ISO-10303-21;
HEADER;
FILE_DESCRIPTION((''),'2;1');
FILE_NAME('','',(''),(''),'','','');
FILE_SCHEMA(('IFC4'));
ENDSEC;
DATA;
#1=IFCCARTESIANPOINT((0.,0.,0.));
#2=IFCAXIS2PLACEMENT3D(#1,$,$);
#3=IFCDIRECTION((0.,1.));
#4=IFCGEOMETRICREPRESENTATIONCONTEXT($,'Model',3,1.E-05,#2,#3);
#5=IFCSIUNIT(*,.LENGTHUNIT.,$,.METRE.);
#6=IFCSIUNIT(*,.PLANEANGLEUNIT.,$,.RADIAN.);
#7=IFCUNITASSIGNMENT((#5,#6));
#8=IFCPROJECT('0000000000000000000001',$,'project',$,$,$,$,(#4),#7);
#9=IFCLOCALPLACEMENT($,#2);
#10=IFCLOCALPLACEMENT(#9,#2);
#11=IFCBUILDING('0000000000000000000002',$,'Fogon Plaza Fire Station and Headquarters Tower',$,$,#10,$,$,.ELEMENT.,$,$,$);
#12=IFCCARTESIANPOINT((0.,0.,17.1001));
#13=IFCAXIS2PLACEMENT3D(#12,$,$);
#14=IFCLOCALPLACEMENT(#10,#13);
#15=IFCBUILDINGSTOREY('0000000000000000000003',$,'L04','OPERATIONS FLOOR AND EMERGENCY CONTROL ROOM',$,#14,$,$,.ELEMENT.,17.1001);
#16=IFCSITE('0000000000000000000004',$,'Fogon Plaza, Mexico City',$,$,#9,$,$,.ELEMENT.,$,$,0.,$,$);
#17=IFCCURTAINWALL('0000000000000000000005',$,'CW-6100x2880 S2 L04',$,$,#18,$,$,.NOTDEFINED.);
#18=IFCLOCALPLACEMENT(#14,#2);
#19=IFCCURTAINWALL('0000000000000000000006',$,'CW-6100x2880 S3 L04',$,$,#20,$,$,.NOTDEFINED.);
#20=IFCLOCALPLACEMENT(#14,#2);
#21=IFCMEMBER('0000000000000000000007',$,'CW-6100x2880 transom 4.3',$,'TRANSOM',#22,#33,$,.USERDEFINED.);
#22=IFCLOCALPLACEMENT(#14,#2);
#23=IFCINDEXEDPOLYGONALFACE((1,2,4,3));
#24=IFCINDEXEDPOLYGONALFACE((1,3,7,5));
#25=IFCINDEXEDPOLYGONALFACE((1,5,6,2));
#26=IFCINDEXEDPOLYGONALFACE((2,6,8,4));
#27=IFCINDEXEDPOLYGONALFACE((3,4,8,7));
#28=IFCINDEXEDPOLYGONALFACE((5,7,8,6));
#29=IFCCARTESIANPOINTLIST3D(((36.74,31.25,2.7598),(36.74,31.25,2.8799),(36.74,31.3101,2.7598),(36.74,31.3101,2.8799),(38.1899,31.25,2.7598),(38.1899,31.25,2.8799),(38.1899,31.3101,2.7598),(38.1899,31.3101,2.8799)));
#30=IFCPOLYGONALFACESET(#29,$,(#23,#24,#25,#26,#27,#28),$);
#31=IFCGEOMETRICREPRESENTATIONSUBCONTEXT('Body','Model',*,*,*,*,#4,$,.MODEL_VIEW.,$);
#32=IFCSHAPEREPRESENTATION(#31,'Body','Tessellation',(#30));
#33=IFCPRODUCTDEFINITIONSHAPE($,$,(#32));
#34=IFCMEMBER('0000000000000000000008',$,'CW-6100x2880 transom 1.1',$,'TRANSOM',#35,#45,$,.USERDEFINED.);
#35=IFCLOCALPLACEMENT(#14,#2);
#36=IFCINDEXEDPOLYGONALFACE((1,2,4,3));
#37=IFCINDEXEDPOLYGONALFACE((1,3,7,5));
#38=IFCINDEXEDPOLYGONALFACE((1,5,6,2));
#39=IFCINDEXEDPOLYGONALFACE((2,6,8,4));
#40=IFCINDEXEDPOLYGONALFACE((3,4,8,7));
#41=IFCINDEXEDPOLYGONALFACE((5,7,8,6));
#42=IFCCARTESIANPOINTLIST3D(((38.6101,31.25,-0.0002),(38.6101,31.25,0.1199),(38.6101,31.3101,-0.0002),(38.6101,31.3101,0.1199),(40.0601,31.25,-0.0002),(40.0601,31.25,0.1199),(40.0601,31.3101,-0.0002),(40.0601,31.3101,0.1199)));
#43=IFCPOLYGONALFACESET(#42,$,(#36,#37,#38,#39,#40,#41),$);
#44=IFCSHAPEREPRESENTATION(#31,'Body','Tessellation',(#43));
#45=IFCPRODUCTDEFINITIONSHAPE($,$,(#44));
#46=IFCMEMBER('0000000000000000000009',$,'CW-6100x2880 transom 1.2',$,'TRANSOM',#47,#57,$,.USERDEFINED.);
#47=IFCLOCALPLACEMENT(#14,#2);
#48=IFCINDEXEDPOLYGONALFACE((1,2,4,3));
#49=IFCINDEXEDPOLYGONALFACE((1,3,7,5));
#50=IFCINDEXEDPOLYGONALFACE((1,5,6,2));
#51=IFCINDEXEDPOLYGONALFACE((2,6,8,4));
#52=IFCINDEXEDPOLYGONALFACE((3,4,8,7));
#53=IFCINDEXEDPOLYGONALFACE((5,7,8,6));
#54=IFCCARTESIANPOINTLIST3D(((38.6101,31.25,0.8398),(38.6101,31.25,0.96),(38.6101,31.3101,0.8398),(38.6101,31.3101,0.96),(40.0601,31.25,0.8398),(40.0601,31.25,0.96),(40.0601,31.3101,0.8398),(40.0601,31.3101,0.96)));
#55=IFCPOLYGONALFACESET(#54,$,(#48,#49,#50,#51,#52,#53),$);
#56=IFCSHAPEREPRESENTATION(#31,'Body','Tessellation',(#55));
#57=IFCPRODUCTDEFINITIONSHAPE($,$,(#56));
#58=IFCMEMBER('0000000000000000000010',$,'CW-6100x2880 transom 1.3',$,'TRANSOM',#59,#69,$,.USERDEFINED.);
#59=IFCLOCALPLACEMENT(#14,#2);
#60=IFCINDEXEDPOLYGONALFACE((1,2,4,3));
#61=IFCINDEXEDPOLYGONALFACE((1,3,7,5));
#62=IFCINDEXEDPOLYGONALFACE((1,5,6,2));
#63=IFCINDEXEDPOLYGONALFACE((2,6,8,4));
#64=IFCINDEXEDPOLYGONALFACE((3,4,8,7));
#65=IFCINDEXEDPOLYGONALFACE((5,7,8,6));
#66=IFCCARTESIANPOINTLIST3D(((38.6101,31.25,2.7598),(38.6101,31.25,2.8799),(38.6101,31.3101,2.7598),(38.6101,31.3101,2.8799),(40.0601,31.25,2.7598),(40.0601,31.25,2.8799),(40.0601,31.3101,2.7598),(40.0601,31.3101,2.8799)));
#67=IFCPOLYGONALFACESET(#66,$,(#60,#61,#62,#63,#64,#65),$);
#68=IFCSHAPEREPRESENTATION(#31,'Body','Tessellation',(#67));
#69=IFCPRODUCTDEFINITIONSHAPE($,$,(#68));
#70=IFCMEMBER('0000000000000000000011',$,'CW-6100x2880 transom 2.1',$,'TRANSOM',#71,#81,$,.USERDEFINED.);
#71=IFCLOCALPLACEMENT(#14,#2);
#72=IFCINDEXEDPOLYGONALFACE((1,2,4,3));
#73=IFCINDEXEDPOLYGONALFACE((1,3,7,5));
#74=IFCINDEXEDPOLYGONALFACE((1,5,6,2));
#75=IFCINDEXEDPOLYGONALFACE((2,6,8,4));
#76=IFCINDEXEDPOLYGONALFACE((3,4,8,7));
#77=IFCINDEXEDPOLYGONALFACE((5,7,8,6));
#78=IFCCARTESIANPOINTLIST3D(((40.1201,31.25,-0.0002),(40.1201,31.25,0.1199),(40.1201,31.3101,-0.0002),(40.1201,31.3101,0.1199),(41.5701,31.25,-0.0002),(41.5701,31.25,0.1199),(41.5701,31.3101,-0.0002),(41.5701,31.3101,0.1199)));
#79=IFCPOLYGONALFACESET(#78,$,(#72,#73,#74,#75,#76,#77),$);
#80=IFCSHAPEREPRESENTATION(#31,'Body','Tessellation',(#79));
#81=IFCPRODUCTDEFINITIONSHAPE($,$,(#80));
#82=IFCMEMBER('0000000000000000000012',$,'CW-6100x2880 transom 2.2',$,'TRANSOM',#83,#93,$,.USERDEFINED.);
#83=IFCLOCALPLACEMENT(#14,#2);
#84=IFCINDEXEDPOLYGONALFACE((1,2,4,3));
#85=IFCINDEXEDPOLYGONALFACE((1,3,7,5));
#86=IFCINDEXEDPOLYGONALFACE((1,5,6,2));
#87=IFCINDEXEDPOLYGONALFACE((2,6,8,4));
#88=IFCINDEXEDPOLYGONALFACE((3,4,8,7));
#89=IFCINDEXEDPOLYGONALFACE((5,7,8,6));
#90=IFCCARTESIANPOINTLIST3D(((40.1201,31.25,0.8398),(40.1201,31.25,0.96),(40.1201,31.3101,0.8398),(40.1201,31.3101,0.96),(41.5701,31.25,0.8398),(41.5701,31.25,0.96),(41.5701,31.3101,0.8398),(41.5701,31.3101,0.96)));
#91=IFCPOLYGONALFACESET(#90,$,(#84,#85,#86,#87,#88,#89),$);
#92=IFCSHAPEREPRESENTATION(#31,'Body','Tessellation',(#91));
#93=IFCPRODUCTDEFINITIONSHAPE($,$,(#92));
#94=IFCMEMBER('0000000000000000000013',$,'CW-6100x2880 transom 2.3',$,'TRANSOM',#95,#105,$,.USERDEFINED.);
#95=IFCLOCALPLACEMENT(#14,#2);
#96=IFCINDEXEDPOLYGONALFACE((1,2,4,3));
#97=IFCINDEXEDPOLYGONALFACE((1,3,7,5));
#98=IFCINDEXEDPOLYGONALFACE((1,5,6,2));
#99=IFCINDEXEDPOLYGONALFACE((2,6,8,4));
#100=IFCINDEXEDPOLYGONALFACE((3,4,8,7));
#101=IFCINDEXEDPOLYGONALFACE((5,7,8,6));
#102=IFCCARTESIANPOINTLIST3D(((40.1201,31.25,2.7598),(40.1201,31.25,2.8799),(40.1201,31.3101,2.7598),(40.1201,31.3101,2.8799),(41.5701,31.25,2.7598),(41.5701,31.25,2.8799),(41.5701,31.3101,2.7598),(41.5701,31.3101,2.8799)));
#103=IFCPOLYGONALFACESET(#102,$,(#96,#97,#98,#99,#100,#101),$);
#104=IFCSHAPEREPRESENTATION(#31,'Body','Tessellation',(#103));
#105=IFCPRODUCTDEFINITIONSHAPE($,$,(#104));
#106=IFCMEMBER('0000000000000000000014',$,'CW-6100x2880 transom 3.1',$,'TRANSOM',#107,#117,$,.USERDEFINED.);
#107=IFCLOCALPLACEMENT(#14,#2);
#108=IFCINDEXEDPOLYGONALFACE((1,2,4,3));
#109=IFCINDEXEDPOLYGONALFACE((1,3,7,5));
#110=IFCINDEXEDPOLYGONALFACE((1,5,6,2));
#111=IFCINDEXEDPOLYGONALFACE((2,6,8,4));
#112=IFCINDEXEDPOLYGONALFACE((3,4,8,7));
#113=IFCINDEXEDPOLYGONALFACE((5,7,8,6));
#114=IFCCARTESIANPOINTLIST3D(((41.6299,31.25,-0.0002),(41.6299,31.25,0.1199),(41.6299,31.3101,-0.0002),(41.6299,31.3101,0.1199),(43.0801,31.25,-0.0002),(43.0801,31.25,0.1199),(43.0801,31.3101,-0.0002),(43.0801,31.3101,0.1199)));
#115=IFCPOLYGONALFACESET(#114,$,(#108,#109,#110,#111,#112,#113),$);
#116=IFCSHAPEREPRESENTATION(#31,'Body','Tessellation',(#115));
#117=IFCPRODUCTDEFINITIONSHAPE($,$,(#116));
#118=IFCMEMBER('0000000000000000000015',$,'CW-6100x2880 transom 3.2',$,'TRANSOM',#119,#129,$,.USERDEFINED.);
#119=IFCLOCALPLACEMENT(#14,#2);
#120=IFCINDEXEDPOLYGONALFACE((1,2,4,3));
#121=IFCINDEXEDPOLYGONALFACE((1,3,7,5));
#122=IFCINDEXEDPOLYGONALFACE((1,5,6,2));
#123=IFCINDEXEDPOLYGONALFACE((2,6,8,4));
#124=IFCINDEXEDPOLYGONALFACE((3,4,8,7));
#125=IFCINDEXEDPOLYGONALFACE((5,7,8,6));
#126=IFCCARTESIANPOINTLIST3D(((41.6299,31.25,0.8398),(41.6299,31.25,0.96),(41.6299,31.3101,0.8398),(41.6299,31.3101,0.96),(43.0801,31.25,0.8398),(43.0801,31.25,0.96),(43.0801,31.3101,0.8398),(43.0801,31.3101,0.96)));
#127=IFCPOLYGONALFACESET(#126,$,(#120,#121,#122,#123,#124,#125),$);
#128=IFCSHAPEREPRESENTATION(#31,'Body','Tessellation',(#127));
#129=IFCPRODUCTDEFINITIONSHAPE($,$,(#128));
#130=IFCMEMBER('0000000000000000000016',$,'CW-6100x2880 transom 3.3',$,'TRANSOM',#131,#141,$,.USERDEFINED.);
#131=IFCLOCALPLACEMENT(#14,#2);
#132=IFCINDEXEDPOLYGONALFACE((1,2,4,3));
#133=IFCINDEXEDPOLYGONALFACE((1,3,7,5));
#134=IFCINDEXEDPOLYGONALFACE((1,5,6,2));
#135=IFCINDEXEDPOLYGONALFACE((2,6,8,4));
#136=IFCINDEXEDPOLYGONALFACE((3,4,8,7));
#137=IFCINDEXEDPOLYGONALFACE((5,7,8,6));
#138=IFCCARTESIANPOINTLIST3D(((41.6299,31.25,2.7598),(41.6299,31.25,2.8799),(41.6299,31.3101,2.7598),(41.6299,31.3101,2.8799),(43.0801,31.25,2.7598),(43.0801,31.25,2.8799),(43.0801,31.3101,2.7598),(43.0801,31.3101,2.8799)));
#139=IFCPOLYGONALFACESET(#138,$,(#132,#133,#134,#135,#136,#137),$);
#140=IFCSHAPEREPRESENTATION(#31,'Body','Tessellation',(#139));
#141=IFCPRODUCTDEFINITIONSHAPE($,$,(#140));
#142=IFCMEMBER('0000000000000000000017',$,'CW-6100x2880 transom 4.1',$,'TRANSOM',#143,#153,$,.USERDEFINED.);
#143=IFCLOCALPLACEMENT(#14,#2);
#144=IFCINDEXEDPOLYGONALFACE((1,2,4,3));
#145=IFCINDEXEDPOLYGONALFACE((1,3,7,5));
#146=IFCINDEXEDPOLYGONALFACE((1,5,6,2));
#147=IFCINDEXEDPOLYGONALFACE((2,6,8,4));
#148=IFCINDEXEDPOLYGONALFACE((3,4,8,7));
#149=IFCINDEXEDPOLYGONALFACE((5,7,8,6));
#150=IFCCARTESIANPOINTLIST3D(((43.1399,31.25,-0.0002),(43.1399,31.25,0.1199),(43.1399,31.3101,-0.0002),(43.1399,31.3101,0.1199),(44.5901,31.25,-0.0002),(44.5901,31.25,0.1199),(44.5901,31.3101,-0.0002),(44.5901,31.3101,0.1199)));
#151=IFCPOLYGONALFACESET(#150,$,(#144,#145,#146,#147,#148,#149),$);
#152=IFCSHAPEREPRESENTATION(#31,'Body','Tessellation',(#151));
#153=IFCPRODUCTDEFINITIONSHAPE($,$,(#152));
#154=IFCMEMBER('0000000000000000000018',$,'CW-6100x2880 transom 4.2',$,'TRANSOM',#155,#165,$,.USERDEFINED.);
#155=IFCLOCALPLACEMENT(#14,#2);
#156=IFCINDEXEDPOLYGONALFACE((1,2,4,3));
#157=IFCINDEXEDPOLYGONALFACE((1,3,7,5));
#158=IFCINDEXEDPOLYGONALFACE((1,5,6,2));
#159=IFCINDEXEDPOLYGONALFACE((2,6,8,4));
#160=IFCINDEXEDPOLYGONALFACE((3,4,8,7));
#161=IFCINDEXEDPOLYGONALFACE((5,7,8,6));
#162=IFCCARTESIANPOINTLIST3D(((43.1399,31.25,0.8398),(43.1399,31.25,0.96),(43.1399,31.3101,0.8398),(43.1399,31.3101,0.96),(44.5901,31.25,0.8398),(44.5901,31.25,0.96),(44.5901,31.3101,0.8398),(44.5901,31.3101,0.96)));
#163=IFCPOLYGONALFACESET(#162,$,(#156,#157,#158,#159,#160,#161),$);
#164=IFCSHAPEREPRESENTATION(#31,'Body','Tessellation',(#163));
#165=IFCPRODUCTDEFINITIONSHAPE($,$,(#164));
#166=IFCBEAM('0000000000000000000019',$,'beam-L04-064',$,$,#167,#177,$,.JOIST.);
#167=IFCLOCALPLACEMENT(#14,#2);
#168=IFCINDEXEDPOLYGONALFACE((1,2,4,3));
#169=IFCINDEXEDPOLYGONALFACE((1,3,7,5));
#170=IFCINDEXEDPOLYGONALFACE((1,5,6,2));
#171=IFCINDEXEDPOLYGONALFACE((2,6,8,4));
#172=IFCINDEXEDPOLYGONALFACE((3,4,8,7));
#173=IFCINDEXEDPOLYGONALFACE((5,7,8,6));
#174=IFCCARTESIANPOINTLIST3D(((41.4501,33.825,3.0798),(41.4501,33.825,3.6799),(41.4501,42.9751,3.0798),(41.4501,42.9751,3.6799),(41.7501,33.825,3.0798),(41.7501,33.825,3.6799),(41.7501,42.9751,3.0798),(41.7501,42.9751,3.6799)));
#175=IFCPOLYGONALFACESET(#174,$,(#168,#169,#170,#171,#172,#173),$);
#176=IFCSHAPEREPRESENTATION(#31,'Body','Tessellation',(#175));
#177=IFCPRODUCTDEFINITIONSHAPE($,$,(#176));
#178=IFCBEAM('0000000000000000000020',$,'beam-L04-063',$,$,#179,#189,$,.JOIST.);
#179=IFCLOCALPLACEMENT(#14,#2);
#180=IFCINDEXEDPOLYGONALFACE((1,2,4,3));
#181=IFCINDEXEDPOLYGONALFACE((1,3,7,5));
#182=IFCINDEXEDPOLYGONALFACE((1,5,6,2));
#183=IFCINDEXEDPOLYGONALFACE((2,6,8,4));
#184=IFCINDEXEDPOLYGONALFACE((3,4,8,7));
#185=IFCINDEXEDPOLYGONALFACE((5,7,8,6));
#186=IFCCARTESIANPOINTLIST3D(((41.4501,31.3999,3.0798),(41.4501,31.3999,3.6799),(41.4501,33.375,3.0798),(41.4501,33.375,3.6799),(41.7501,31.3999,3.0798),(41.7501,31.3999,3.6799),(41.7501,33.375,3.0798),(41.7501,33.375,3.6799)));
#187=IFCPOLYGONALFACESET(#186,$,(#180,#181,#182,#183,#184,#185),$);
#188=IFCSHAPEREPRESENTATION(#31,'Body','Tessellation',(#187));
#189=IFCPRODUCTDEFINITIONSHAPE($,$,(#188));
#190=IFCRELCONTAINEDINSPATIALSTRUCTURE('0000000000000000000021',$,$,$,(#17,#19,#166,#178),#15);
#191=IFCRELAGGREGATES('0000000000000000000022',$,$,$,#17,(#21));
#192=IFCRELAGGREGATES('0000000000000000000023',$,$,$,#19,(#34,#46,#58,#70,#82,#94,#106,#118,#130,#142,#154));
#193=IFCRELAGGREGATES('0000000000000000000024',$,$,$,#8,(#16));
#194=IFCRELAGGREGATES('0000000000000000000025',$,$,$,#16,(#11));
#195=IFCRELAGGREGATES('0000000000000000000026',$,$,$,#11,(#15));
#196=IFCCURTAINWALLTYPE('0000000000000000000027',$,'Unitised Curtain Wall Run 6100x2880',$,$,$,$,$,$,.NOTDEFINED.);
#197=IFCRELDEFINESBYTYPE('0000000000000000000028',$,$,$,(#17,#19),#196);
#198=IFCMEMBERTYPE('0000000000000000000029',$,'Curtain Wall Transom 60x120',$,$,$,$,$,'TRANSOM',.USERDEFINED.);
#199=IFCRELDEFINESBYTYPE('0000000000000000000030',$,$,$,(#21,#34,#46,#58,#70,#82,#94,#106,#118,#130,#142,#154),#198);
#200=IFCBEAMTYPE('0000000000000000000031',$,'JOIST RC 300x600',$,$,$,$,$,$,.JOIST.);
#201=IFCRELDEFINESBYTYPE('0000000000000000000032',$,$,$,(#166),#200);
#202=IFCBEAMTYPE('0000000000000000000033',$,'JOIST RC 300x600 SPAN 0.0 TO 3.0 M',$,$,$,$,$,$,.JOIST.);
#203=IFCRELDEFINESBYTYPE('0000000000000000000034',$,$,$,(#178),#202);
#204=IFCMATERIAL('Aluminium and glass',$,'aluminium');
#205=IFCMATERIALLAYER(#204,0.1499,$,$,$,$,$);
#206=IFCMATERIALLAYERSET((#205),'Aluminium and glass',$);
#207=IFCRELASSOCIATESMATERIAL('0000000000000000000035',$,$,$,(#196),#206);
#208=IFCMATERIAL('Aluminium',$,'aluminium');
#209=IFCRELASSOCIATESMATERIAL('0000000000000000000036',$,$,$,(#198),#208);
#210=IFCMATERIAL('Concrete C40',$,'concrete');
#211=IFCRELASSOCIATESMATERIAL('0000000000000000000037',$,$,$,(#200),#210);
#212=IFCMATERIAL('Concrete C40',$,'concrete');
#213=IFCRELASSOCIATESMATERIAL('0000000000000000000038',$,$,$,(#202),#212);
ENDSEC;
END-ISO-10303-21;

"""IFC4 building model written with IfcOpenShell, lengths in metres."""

from ifc_helpers import new_model, si_unit, direction, frame, origin, origin_2d, place, context, subcontext, project, spatial, rectangle, extrude, material, layer, layer_set, material_profile, profile_set, type_object, element, aggregate, save


model = new_model("IFC4")

# Units and contexts
model_context = context("Model", 3, precision=1e-05, world=origin(), true_north=direction((0.0, 1.0)))
body_context = subcontext(model_context, "Body", "Model", "MODEL_VIEW")
ifc_project = project(units=[si_unit("LENGTHUNIT", "METRE"), si_unit("PLANEANGLEUNIT", "RADIAN")], contexts=[model_context])

# Site, building, storey
site_placement = place(None, origin())
site = spatial("IfcSite", under=ifc_project, at=site_placement, Name="Fogon Plaza, Mexico City", CompositionType="ELEMENT", RefElevation=0.0)
building_placement = place(site_placement, origin())
building = spatial("IfcBuilding", under=site, at=building_placement, Name="Fogon Plaza Fire Station and Headquarters Tower", CompositionType="ELEMENT")
storey_placement = place(building_placement, frame((0.0, 0.0, 17.1001)))
storey = spatial("IfcBuildingStorey", under=building, at=storey_placement, Name="L04", Description="OPERATIONS FLOOR AND EMERGENCY CONTROL ROOM", CompositionType="ELEMENT", Elevation=17.1001)

# Curtain walls
ifc_material_1 = material(Name="Aluminium and glass", Category="aluminium")
ifc_layer_1 = layer(ifc_material_1, 0.1499)
ifc_layer_set_1 = layer_set([ifc_layer_1], Name="Aluminium and glass")
curtain_wall_type = type_object("IfcCurtainWallType", Name="Unitised Curtain Wall Run 6100x2880", PredefinedType="NOTDEFINED", material=ifc_layer_set_1)
curtain_wall_1_placement = place(storey_placement, origin())
curtain_wall_1 = element("IfcCurtainWall", 1, at=curtain_wall_1_placement, inside=storey, type_object=curtain_wall_type, Name="CW-6100x2880 S2 L04", PredefinedType="NOTDEFINED")
curtain_wall_2_placement = place(storey_placement, origin())
curtain_wall_2 = element("IfcCurtainWall", 2, at=curtain_wall_2_placement, inside=storey, type_object=curtain_wall_type, Name="CW-6100x2880 S3 L04", PredefinedType="NOTDEFINED")

# Members
ifc_material_2 = material(Name="Aluminium", Category="aluminium")
ifc_material_profile_1 = material_profile(ifc_material_2, rectangle(XDim=0.0601, YDim=0.1201, at=origin_2d()), Name="Curtain Wall Transom 60x120")
ifc_profile_set_1 = profile_set([ifc_material_profile_1], Name="Aluminium")
member_type_1 = type_object("IfcMemberType", Name="Curtain Wall Transom 60x120", ElementType="TRANSOM", PredefinedType="USERDEFINED", material=ifc_profile_set_1)
member_1_placement = place(storey_placement, frame((36.74, 31.28, 2.8198), z_axis=(1.0, 0.0, 0.0), x_axis=(0.0, 1.0, 0.0)))
member_1 = element("IfcMember", 3, at=member_1_placement, type_object=member_type_1, Name="CW-6100x2880 transom 4.3", ObjectType="TRANSOM", PredefinedType="USERDEFINED", context=body_context, shape_type="SweptSolid", body=[
    extrude(rectangle(XDim=0.0601, YDim=0.1201, at=origin_2d()), origin(), (0.0, 0.0, 1.0), 1.45),
])
member_2_placement = place(storey_placement, frame((38.6101, 31.28, 0.0598), z_axis=(1.0, 0.0, 0.0), x_axis=(0.0, 1.0, 0.0)))
member_2 = element("IfcMember", 4, at=member_2_placement, type_object=member_type_1, Name="CW-6100x2880 transom 1.1", ObjectType="TRANSOM", PredefinedType="USERDEFINED", context=body_context, shape_type="SweptSolid", body=[
    extrude(rectangle(XDim=0.0601, YDim=0.1201, at=origin_2d()), origin(), (0.0, 0.0, 1.0), 1.45),
])
member_3_placement = place(storey_placement, frame((38.6101, 31.28, 0.8999), z_axis=(1.0, 0.0, 0.0), x_axis=(0.0, 1.0, 0.0)))
member_3 = element("IfcMember", 5, at=member_3_placement, type_object=member_type_1, Name="CW-6100x2880 transom 1.2", ObjectType="TRANSOM", PredefinedType="USERDEFINED", context=body_context, shape_type="SweptSolid", body=[
    extrude(rectangle(XDim=0.0601, YDim=0.1201, at=origin_2d()), origin(), (0.0, 0.0, 1.0), 1.45),
])
member_4_placement = place(storey_placement, frame((38.6101, 31.28, 2.8198), z_axis=(1.0, 0.0, 0.0), x_axis=(0.0, 1.0, 0.0)))
member_4 = element("IfcMember", 6, at=member_4_placement, type_object=member_type_1, Name="CW-6100x2880 transom 1.3", ObjectType="TRANSOM", PredefinedType="USERDEFINED", context=body_context, shape_type="SweptSolid", body=[
    extrude(rectangle(XDim=0.0601, YDim=0.1201, at=origin_2d()), origin(), (0.0, 0.0, 1.0), 1.45),
])
member_5_placement = place(storey_placement, frame((40.1201, 31.28, 0.0598), z_axis=(1.0, 0.0, 0.0), x_axis=(0.0, 1.0, 0.0)))
member_5 = element("IfcMember", 7, at=member_5_placement, type_object=member_type_1, Name="CW-6100x2880 transom 2.1", ObjectType="TRANSOM", PredefinedType="USERDEFINED", context=body_context, shape_type="SweptSolid", body=[
    extrude(rectangle(XDim=0.0601, YDim=0.1201, at=origin_2d()), origin(), (0.0, 0.0, 1.0), 1.45),
])
member_6_placement = place(storey_placement, frame((40.1201, 31.28, 0.8999), z_axis=(1.0, 0.0, 0.0), x_axis=(0.0, 1.0, 0.0)))
member_6 = element("IfcMember", 8, at=member_6_placement, type_object=member_type_1, Name="CW-6100x2880 transom 2.2", ObjectType="TRANSOM", PredefinedType="USERDEFINED", context=body_context, shape_type="SweptSolid", body=[
    extrude(rectangle(XDim=0.0601, YDim=0.1201, at=origin_2d()), origin(), (0.0, 0.0, 1.0), 1.45),
])
member_7_placement = place(storey_placement, frame((40.1201, 31.28, 2.8198), z_axis=(1.0, 0.0, 0.0), x_axis=(0.0, 1.0, 0.0)))
member_7 = element("IfcMember", 9, at=member_7_placement, type_object=member_type_1, Name="CW-6100x2880 transom 2.3", ObjectType="TRANSOM", PredefinedType="USERDEFINED", context=body_context, shape_type="SweptSolid", body=[
    extrude(rectangle(XDim=0.0601, YDim=0.1201, at=origin_2d()), origin(), (0.0, 0.0, 1.0), 1.45),
])
member_8_placement = place(storey_placement, frame((41.6299, 31.28, 0.0598), z_axis=(1.0, 0.0, 0.0), x_axis=(0.0, 1.0, 0.0)))
member_8 = element("IfcMember", 10, at=member_8_placement, type_object=member_type_1, Name="CW-6100x2880 transom 3.1", ObjectType="TRANSOM", PredefinedType="USERDEFINED", context=body_context, shape_type="SweptSolid", body=[
    extrude(rectangle(XDim=0.0601, YDim=0.1201, at=origin_2d()), origin(), (0.0, 0.0, 1.0), 1.4502),
])
member_9_placement = place(storey_placement, frame((41.6299, 31.28, 0.8999), z_axis=(1.0, 0.0, 0.0), x_axis=(0.0, 1.0, 0.0)))
member_9 = element("IfcMember", 11, at=member_9_placement, type_object=member_type_1, Name="CW-6100x2880 transom 3.2", ObjectType="TRANSOM", PredefinedType="USERDEFINED", context=body_context, shape_type="SweptSolid", body=[
    extrude(rectangle(XDim=0.0601, YDim=0.1201, at=origin_2d()), origin(), (0.0, 0.0, 1.0), 1.4502),
])
member_10_placement = place(storey_placement, frame((41.6299, 31.28, 2.8198), z_axis=(1.0, 0.0, 0.0), x_axis=(0.0, 1.0, 0.0)))
member_10 = element("IfcMember", 12, at=member_10_placement, type_object=member_type_1, Name="CW-6100x2880 transom 3.3", ObjectType="TRANSOM", PredefinedType="USERDEFINED", context=body_context, shape_type="SweptSolid", body=[
    extrude(rectangle(XDim=0.0601, YDim=0.1201, at=origin_2d()), origin(), (0.0, 0.0, 1.0), 1.4502),
])
member_11_placement = place(storey_placement, frame((43.1399, 31.28, 0.0598), z_axis=(1.0, 0.0, 0.0), x_axis=(0.0, 1.0, 0.0)))
member_11 = element("IfcMember", 13, at=member_11_placement, type_object=member_type_1, Name="CW-6100x2880 transom 4.1", ObjectType="TRANSOM", PredefinedType="USERDEFINED", context=body_context, shape_type="SweptSolid", body=[
    extrude(rectangle(XDim=0.0601, YDim=0.1201, at=origin_2d()), origin(), (0.0, 0.0, 1.0), 1.4502),
])
member_12_placement = place(storey_placement, frame((43.1399, 31.28, 0.8999), z_axis=(1.0, 0.0, 0.0), x_axis=(0.0, 1.0, 0.0)))
member_12 = element("IfcMember", 14, at=member_12_placement, type_object=member_type_1, Name="CW-6100x2880 transom 4.2", ObjectType="TRANSOM", PredefinedType="USERDEFINED", context=body_context, shape_type="SweptSolid", body=[
    extrude(rectangle(XDim=0.0601, YDim=0.1201, at=origin_2d()), origin(), (0.0, 0.0, 1.0), 1.4502),
])

# Beams
ifc_material_3 = material(Name="Concrete C40", Category="concrete")
ifc_material_profile_2 = material_profile(ifc_material_3, rectangle(XDim=0.3, YDim=0.6001, at=origin_2d()), Name="RC 300x600")
ifc_profile_set_2 = profile_set([ifc_material_profile_2], Name="Concrete C40")
beam_type_1 = type_object("IfcBeamType", Name="JOIST RC 300x600", PredefinedType="JOIST", material=ifc_profile_set_2)
beam_1_placement = place(storey_placement, frame((41.6001, 33.825, 3.3799), z_axis=(0.0, 1.0, 0.0), x_axis=(-1.0, 0.0, 0.0)))
element("IfcBeam", 15, at=beam_1_placement, inside=storey, type_object=beam_type_1, Name="beam-L04-064", PredefinedType="JOIST", context=body_context, shape_type="SweptSolid", body=[
    extrude(rectangle(XDim=0.3, YDim=0.6001, at=origin_2d()), origin(), (0.0, 0.0, 1.0), 9.1501),
])
ifc_material_4 = material(Name="Concrete C40", Category="concrete")
ifc_material_profile_3 = material_profile(ifc_material_4, rectangle(XDim=0.3, YDim=0.6001, at=origin_2d()), Name="RC 300x600")
ifc_profile_set_3 = profile_set([ifc_material_profile_3], Name="Concrete C40")
beam_type_2 = type_object("IfcBeamType", Name="JOIST RC 300x600 SPAN 0.0 TO 3.0 M", PredefinedType="JOIST", material=ifc_profile_set_3)
beam_2_placement = place(storey_placement, frame((41.6001, 31.3999, 3.3799), z_axis=(0.0, 1.0, 0.0), x_axis=(-1.0, 0.0, 0.0)))
element("IfcBeam", 16, at=beam_2_placement, inside=storey, type_object=beam_type_2, Name="beam-L04-063", PredefinedType="JOIST", context=body_context, shape_type="SweptSolid", body=[
    extrude(rectangle(XDim=0.3, YDim=0.6001, at=origin_2d()), origin(), (0.0, 0.0, 1.0), 1.9751),
])

aggregate(curtain_wall_1, [member_1])
aggregate(curtain_wall_2, [member_2, member_3, member_4, member_5, member_6, member_7, member_8, member_9, member_10, member_11, member_12])

save(model, "model.ifc")
